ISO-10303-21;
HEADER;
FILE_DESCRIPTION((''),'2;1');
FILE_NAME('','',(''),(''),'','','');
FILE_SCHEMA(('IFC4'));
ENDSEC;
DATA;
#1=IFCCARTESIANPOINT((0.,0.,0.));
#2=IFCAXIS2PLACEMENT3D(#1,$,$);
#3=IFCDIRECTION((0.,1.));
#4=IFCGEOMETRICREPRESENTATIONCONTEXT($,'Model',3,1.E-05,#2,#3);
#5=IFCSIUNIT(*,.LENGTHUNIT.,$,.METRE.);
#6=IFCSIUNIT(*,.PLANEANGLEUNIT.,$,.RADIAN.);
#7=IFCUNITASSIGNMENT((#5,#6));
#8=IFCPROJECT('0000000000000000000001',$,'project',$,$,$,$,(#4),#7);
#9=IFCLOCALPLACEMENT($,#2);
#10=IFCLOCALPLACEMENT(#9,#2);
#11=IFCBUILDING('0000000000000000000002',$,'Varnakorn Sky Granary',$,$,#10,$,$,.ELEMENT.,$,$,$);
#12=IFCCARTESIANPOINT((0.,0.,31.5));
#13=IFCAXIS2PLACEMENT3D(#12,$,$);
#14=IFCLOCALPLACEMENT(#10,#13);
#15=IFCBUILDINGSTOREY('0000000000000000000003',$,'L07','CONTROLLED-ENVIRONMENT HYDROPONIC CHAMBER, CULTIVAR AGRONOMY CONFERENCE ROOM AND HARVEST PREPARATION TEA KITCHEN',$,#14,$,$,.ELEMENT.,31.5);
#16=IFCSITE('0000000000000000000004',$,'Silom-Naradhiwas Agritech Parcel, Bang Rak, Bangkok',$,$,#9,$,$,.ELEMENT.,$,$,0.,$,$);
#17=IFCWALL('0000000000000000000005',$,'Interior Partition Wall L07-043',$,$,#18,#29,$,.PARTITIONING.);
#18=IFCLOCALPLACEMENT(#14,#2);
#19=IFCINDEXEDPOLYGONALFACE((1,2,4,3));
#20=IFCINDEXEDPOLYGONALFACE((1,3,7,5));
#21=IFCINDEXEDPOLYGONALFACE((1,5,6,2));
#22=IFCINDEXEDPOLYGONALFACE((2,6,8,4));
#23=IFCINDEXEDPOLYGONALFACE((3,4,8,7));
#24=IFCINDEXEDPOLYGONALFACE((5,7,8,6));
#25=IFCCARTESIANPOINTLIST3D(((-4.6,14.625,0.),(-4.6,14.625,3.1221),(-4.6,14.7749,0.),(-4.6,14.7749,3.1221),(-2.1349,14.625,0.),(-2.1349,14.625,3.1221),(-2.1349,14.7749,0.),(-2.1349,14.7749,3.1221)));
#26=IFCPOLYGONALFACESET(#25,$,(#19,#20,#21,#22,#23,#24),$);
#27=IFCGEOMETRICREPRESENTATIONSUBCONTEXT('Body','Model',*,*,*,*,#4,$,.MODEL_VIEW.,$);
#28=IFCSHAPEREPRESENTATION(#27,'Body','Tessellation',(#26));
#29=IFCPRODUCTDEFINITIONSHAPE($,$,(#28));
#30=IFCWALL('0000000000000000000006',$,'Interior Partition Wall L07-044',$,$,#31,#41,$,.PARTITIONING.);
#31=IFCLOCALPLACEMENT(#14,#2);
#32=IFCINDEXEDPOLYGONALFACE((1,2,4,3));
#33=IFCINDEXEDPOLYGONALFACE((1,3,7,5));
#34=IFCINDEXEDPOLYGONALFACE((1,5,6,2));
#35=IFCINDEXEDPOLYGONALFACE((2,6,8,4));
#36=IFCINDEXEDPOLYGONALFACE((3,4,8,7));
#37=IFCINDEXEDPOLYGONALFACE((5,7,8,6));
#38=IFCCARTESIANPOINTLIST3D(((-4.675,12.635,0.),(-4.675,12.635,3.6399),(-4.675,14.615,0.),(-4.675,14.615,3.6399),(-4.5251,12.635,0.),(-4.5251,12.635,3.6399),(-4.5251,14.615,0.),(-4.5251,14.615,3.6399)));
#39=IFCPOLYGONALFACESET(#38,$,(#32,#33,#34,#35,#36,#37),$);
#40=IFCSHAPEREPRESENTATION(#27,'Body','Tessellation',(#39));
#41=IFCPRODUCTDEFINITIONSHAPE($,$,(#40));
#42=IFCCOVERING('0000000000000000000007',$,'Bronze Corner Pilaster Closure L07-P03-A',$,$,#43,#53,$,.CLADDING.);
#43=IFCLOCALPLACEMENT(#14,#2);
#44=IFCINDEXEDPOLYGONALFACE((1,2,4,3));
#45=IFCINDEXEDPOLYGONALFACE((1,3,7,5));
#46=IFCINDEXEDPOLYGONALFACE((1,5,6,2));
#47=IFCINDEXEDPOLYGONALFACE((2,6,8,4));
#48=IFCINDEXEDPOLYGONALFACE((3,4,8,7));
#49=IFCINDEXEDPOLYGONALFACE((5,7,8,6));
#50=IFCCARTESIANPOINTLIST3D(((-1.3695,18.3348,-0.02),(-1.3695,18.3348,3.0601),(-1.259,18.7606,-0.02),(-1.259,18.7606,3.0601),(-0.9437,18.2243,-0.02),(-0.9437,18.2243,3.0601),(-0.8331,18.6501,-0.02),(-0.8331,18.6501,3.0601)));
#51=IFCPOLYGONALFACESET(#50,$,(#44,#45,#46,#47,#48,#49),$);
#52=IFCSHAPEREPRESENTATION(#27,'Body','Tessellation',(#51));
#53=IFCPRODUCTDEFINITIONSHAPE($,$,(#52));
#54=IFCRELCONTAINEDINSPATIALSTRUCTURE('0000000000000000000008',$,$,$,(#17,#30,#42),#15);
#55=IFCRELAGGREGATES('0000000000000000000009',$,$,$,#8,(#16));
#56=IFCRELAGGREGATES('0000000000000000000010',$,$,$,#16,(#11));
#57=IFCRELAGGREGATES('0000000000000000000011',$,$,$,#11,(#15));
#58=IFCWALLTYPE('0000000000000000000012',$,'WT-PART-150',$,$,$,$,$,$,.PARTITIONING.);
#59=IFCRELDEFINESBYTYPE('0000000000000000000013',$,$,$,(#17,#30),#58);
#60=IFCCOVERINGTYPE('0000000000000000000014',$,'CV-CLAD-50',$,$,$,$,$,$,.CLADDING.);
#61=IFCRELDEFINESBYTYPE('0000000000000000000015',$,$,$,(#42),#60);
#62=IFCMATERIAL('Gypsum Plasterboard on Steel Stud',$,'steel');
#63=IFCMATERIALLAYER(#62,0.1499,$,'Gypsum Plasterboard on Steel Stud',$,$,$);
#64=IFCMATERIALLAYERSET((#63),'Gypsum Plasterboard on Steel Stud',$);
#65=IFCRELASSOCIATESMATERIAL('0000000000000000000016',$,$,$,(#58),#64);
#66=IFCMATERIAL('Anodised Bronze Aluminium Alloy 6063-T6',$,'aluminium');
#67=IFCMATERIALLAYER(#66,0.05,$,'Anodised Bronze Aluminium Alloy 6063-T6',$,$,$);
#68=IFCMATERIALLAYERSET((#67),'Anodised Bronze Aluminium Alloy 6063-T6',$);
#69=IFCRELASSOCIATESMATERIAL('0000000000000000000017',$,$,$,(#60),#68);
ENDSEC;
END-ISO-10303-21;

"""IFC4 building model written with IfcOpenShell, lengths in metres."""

from ifc_helpers import new_model, si_unit, direction, frame, frame_2d, origin, origin_2d, place, context, subcontext, project, spatial, rectangle, extrude, source, transform, mapped, material, layer, layer_set, type_object, type_shapes, element, save


model = new_model("IFC4")

# Units and contexts
model_context = context("Model", 3, precision=1e-05, world=origin(), true_north=direction((0.0, 1.0)))
body_context = subcontext(model_context, "Body", "Model", "MODEL_VIEW")
ifc_project = project(units=[si_unit("LENGTHUNIT", "METRE"), si_unit("PLANEANGLEUNIT", "RADIAN")], contexts=[model_context])

# Site, building, storey
site_placement = place(None, origin())
site = spatial("IfcSite", under=ifc_project, at=site_placement, Name="Silom-Naradhiwas Agritech Parcel, Bang Rak, Bangkok", CompositionType="ELEMENT", RefElevation=0.0)
building_placement = place(site_placement, origin())
building = spatial("IfcBuilding", under=site, at=building_placement, Name="Varnakorn Sky Granary", CompositionType="ELEMENT")
storey_placement = place(building_placement, frame((0.0, 0.0, 31.5)))
storey = spatial("IfcBuildingStorey", under=building, at=storey_placement, Name="L07", Description="CONTROLLED-ENVIRONMENT HYDROPONIC CHAMBER, CULTIVAR AGRONOMY CONFERENCE ROOM AND HARVEST PREPARATION TEA KITCHEN", CompositionType="ELEMENT", Elevation=31.5)

# Shared definitions
ifc_material_1 = material(Name="Anodised Bronze Aluminium Alloy 6063-T6", Category="aluminium")

# Walls
ifc_material_2 = material(Name="Gypsum Plasterboard on Steel Stud", Category="steel")
ifc_layer_1 = layer(ifc_material_2, 0.1499, Name="Gypsum Plasterboard on Steel Stud")
ifc_layer_set_1 = layer_set([ifc_layer_1], Name="Gypsum Plasterboard on Steel Stud")
wall_type_1 = type_object("IfcWallType", Name="WT-PART-150", PredefinedType="PARTITIONING", material=ifc_layer_set_1)
wall_1_placement = place(storey_placement, frame((-2.135, 14.7, 0.0), z_axis=(0.0, 0.0, 1.0), x_axis=(-1.0, 0.0, 0.0)))
element("IfcWall", 1, at=wall_1_placement, inside=storey, type_object=wall_type_1, Name="Interior Partition Wall L07-043", PredefinedType="PARTITIONING", context=body_context, shape_type="SweptSolid", body=[
    extrude(rectangle(XDim=2.4651, YDim=0.1499, at=frame_2d((1.2324, 0.0))), origin(), (0.0, 0.0, 1.0), 3.1221),
])
wall_2_placement = place(storey_placement, frame((-4.6001, 14.615, 0.0), z_axis=(0.0, 0.0, 1.0), x_axis=(0.0, -1.0, 0.0)))
element("IfcWall", 2, at=wall_2_placement, inside=storey, type_object=wall_type_1, Name="Interior Partition Wall L07-044", PredefinedType="PARTITIONING", context=body_context, shape_type="SweptSolid", body=[
    extrude(rectangle(XDim=1.98, YDim=0.1499, at=frame_2d((0.99, 0.0))), origin(), (0.0, 0.0, 1.0), 3.6399),
])

# Covering
ifc_layer_2 = layer(ifc_material_1, 0.05, Name="Anodised Bronze Aluminium Alloy 6063-T6")
ifc_layer_set_2 = layer_set([ifc_layer_2], Name="Anodised Bronze Aluminium Alloy 6063-T6")
covering_type = type_object("IfcCoveringType", Name="CV-CLAD-50", PredefinedType="CLADDING", material=ifc_layer_set_2)
shared_shape_1 = source(origin(), body_context, "Body", "SweptSolid", [
    extrude(rectangle(XDim=0.4399, YDim=0.4399, at=origin_2d()), origin(), (0.0, 0.0, 1.0), 3.0801),
])
type_shapes(covering_type, [shared_shape_1])
covering_placement = place(storey_placement, frame((-1.1013, 18.4924, -0.02), z_axis=(0.0, 0.0, 1.0), x_axis=(0.967929, -0.251225, 0.0)))
element("IfcCovering", 3, at=covering_placement, inside=storey, type_object=covering_type, Name="Bronze Corner Pilaster Closure L07-P03-A", PredefinedType="CLADDING", context=body_context, shape_type="MappedRepresentation", body=[
    mapped(shared_shape_1, transform((0.0, 0.0, 0.0), x_axis=(1.0, 0.0, 0.0), y_axis=(0.0, 1.0, 0.0), z_axis=(0.0, 0.0, 1.0), scale=1.0)),
])

save(model, "model.ifc")
